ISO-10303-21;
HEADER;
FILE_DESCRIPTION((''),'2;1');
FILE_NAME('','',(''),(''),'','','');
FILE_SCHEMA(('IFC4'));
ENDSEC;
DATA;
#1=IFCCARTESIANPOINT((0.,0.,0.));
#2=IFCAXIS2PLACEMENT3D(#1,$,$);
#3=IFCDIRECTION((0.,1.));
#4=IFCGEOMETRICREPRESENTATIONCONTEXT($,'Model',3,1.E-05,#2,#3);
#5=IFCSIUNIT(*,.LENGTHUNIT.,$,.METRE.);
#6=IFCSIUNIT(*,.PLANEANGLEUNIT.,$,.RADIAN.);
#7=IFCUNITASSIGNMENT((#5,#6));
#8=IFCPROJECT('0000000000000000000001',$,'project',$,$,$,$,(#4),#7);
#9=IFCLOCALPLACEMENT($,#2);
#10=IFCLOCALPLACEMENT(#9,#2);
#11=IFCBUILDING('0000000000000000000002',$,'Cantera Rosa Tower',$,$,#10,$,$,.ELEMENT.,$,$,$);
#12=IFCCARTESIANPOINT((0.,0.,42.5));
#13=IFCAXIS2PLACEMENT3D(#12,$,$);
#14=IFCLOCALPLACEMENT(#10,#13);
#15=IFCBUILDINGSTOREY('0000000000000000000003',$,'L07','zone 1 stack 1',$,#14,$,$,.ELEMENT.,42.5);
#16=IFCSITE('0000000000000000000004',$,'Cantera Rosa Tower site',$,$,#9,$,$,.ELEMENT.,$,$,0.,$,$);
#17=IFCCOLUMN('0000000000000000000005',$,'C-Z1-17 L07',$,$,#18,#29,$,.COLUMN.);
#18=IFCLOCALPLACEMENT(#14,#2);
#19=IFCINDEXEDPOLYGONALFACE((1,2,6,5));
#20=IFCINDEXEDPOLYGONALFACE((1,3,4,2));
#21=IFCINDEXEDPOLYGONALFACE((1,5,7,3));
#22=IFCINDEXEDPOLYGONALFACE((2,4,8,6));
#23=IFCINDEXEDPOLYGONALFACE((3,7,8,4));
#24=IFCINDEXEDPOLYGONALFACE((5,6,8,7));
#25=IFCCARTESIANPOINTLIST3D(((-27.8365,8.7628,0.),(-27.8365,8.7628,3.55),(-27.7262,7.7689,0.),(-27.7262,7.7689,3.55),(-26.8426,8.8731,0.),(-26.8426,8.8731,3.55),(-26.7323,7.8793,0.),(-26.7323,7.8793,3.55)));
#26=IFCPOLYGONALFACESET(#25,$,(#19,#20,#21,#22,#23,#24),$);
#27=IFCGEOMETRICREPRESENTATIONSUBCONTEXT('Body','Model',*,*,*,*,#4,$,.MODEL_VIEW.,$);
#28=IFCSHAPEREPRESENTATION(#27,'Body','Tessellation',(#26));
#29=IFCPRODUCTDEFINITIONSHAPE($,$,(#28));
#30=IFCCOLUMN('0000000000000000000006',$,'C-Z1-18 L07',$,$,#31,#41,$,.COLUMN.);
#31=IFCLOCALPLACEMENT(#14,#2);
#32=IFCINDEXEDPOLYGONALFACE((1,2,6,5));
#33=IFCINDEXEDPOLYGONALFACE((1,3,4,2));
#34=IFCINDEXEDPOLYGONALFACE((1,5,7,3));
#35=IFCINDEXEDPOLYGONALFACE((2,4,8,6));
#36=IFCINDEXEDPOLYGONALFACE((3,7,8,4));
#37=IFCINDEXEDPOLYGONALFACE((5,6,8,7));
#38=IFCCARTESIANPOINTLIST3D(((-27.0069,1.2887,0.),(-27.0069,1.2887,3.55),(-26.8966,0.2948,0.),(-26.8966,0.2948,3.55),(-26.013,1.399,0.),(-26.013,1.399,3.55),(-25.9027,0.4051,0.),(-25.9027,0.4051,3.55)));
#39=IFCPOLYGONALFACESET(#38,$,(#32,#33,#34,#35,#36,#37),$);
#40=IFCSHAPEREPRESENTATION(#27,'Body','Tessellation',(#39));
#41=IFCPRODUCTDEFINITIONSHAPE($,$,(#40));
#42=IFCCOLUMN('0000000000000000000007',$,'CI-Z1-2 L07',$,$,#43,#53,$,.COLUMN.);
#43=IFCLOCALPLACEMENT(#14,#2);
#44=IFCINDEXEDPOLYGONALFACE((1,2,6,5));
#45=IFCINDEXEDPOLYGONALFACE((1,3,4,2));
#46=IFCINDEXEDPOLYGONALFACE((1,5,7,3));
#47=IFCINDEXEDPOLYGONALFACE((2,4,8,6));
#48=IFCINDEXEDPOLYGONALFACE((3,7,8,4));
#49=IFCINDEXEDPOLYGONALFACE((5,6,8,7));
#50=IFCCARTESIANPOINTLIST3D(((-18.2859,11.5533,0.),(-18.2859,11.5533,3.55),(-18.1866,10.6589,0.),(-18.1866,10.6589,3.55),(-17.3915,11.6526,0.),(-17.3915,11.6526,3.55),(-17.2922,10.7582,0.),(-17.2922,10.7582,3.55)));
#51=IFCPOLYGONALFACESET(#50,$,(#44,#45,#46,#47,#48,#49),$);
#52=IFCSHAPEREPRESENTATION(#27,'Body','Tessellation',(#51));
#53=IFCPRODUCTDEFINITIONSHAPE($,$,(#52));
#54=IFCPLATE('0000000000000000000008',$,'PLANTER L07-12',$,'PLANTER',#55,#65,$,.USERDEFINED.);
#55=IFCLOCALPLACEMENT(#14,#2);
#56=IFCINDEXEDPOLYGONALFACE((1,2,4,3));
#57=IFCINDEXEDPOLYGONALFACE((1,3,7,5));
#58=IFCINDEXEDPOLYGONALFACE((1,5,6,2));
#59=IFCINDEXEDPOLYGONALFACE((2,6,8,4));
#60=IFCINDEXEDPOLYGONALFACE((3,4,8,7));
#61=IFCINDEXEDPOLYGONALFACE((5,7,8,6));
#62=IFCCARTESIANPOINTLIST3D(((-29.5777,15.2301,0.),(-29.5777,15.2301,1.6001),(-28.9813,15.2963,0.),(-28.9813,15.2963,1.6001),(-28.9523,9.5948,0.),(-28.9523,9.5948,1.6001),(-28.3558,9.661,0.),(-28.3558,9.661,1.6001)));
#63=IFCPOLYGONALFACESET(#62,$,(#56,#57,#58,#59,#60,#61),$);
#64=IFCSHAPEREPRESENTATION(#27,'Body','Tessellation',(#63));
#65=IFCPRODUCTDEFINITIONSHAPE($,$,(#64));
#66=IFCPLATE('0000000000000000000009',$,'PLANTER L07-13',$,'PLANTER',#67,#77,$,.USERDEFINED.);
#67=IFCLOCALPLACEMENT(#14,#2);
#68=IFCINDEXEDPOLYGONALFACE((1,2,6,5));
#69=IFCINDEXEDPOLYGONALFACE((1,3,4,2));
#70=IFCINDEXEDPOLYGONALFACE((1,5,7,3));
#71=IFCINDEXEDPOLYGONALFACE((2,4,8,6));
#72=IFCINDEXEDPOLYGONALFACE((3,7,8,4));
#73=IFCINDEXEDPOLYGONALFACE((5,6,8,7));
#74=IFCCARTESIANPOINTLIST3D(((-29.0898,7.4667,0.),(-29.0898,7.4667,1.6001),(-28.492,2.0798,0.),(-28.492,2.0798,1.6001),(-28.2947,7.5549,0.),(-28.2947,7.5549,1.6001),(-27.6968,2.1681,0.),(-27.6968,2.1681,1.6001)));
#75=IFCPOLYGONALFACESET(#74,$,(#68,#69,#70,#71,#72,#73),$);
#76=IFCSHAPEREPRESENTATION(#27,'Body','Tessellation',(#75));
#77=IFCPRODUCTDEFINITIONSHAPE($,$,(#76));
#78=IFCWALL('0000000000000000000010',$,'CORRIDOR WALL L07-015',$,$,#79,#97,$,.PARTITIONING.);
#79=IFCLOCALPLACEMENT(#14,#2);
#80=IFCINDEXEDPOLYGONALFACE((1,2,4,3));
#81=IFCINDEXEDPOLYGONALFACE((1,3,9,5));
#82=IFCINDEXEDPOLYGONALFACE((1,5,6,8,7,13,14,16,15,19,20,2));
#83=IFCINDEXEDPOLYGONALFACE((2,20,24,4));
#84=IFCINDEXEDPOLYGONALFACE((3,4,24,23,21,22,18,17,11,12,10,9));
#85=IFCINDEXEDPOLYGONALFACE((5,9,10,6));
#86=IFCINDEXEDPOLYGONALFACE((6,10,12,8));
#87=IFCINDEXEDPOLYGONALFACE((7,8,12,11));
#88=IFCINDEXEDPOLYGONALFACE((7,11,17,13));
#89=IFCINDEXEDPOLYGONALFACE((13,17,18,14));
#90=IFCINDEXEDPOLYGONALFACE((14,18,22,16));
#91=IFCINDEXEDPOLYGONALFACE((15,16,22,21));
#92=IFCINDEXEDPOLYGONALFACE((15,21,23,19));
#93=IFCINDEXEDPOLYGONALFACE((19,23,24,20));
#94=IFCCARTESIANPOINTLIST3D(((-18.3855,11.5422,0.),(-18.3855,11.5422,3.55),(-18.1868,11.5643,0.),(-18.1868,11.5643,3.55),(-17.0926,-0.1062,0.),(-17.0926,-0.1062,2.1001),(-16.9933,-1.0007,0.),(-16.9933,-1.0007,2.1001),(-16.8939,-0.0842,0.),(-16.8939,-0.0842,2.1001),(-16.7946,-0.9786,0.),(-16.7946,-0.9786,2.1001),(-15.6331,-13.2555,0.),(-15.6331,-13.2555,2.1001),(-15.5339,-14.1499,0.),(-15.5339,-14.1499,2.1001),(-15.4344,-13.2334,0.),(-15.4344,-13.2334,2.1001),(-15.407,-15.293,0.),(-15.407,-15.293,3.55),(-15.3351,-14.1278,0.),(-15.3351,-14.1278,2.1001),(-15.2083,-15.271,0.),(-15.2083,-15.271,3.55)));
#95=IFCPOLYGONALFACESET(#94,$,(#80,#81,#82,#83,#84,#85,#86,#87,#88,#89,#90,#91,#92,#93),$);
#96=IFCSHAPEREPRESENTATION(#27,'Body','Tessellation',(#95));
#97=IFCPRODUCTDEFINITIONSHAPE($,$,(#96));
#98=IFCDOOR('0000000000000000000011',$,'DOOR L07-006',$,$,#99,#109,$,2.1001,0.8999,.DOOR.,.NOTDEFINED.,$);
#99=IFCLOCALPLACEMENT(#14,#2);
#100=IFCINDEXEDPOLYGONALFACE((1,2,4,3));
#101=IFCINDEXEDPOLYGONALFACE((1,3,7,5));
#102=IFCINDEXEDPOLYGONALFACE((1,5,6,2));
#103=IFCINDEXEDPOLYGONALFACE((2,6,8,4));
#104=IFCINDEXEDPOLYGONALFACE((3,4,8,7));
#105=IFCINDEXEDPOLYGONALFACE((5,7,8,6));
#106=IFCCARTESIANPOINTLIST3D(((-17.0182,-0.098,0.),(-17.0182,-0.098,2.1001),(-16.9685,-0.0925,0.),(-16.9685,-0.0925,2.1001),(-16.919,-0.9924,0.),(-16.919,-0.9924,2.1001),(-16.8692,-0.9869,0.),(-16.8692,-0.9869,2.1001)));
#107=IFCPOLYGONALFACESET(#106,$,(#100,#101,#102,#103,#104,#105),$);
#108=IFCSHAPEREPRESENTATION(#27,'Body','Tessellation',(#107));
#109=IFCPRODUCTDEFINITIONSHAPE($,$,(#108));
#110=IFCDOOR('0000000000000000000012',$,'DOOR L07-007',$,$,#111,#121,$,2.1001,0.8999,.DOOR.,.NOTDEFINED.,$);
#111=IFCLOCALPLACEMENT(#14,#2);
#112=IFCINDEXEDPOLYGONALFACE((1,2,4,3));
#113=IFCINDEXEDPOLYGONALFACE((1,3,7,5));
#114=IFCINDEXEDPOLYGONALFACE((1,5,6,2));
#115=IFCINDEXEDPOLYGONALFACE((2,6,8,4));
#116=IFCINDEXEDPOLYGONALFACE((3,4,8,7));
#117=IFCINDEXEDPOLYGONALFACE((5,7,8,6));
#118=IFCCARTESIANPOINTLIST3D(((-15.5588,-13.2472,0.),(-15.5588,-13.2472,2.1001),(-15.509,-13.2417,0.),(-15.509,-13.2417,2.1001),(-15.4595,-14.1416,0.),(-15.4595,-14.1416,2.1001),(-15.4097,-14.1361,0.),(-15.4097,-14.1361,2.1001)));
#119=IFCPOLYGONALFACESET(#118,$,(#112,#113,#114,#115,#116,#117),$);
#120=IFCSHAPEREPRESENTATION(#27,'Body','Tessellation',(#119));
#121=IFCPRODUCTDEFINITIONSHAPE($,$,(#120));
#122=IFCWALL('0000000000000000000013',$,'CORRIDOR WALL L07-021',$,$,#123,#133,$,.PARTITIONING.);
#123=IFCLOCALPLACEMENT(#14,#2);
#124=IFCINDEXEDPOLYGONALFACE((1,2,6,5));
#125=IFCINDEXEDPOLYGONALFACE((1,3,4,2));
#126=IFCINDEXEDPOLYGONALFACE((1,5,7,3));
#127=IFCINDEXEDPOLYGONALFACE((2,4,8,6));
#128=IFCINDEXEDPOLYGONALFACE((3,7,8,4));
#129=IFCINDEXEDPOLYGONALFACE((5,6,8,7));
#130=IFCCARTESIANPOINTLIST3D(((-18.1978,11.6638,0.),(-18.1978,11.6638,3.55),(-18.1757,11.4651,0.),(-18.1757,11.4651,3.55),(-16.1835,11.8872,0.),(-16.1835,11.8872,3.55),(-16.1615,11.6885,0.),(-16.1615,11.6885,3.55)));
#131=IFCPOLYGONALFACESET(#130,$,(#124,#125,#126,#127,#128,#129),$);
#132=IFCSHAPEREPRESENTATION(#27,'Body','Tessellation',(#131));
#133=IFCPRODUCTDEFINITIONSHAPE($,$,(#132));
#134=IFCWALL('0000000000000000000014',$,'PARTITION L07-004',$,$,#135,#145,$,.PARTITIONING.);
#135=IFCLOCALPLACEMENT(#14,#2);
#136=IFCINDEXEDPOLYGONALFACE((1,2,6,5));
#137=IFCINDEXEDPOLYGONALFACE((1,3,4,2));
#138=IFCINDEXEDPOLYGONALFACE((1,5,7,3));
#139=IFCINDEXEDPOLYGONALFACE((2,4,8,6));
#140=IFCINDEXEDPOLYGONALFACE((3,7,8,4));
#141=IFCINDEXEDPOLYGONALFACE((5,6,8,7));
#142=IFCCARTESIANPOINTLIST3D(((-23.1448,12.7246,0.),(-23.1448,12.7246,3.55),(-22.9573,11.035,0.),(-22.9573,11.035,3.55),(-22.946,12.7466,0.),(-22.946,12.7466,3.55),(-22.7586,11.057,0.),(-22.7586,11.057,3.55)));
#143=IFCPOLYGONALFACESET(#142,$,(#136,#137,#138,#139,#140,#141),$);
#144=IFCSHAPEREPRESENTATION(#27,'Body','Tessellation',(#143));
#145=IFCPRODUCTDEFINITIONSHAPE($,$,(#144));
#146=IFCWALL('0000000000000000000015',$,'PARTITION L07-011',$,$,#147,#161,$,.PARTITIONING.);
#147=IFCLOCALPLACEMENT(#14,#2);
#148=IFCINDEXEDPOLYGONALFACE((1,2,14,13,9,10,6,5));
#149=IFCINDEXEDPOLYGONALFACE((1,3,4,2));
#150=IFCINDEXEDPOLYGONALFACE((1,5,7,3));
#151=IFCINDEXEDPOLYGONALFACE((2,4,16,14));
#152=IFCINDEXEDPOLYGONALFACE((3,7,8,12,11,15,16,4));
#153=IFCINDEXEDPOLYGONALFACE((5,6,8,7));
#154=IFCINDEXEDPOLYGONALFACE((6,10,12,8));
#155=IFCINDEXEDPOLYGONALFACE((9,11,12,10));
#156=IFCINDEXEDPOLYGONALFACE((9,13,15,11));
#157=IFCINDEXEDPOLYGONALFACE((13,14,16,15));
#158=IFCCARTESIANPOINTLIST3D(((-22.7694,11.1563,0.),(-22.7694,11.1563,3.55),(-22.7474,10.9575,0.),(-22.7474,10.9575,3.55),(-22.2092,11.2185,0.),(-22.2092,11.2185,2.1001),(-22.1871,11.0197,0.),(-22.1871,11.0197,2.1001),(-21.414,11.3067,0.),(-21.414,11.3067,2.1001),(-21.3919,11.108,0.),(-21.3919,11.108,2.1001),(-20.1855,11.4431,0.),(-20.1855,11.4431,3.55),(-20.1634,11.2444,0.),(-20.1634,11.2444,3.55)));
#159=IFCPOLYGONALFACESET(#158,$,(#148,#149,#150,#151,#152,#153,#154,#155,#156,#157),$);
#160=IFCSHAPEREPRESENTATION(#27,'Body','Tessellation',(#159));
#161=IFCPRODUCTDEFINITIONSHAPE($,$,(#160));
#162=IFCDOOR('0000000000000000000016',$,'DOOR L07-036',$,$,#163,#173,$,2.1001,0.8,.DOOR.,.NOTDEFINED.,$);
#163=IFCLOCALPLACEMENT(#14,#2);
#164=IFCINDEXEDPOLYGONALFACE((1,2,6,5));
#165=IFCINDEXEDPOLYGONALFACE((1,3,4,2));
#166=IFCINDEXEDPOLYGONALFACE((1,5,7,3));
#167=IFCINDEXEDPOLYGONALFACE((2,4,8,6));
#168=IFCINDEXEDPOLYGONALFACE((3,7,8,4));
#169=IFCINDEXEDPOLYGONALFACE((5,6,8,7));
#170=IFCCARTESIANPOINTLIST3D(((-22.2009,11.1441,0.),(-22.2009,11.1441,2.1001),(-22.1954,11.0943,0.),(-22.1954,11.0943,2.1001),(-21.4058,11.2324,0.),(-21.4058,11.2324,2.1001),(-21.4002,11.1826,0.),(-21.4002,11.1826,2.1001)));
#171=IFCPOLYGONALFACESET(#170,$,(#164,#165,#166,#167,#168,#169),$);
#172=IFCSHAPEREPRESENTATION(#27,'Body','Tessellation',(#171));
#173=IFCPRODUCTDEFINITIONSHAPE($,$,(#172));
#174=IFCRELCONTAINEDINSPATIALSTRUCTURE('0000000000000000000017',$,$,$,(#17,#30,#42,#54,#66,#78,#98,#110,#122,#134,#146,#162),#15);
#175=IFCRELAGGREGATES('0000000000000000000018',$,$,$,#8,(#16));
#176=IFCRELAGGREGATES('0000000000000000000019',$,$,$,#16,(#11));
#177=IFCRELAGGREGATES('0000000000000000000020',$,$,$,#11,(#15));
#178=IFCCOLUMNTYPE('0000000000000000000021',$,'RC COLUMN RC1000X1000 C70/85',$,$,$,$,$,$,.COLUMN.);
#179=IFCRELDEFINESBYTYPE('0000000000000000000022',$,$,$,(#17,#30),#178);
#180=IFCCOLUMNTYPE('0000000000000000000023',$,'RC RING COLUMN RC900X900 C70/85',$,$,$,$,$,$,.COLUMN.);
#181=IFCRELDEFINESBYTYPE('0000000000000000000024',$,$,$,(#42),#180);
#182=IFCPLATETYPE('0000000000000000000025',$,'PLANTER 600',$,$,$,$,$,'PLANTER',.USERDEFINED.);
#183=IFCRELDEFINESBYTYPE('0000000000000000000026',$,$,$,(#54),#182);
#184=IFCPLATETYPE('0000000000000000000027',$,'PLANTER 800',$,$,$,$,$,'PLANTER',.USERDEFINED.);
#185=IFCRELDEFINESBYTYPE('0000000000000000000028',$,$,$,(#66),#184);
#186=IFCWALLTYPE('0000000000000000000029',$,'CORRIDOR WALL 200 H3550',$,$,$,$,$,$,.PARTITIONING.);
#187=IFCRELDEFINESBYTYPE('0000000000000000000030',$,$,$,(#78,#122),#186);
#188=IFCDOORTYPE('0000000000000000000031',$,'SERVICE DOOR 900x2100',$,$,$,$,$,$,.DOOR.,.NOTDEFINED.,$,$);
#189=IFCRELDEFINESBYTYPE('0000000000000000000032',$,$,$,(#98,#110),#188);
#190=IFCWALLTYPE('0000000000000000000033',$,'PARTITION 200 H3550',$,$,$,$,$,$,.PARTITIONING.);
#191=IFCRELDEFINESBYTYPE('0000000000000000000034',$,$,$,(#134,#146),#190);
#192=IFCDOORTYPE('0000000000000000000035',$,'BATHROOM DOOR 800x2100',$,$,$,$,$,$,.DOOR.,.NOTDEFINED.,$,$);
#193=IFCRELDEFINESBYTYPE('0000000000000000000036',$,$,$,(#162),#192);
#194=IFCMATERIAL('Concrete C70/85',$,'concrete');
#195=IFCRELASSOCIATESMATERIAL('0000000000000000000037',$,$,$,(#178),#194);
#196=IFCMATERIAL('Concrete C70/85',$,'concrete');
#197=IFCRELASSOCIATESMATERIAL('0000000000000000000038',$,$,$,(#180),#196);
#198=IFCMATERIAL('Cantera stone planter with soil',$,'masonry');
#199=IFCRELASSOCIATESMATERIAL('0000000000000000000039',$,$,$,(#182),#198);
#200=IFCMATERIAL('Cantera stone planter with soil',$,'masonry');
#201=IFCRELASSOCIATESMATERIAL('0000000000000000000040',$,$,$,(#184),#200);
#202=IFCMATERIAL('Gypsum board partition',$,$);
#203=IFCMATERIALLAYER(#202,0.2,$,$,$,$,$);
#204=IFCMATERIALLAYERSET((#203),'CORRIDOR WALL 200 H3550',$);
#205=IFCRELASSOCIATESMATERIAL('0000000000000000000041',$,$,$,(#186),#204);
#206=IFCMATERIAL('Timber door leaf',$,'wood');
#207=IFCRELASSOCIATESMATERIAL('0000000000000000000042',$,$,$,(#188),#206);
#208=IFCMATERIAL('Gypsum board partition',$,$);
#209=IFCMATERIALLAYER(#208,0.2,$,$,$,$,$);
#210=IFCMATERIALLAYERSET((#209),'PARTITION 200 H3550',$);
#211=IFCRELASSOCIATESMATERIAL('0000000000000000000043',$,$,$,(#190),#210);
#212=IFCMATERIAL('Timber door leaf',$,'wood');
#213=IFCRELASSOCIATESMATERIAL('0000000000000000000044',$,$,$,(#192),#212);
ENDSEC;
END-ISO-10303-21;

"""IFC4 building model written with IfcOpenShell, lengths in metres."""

from ifc_helpers import new_model, si_unit, direction, frame, frame_2d, origin, origin_2d, place, context, subcontext, project, spatial, rectangle, extrude, material, layer, layer_set, material_profile, profile_set, type_object, element, fill, save


model = new_model("IFC4")

# Units and contexts
model_context = context("Model", 3, precision=1e-05, world=origin(), true_north=direction((0.0, 1.0)))
body_context = subcontext(model_context, "Body", "Model", "MODEL_VIEW")
ifc_project = project(units=[si_unit("LENGTHUNIT", "METRE"), si_unit("PLANEANGLEUNIT", "RADIAN")], contexts=[model_context])

# Site, building, storey
site_placement = place(None, origin())
site = spatial("IfcSite", under=ifc_project, at=site_placement, Name="Cantera Rosa Tower site", CompositionType="ELEMENT", RefElevation=0.0)
building_placement = place(site_placement, origin())
building = spatial("IfcBuilding", under=site, at=building_placement, Name="Cantera Rosa Tower", CompositionType="ELEMENT")
storey_placement = place(building_placement, frame((0.0, 0.0, 42.5)))
storey = spatial("IfcBuildingStorey", under=building, at=storey_placement, Name="L07", Description="zone 1 stack 1", CompositionType="ELEMENT", Elevation=42.5)

# Columns
ifc_material_1 = material(Name="Concrete C70/85", Category="concrete")
ifc_material_profile_1 = material_profile(ifc_material_1, rectangle(XDim=1.0, YDim=1.0, at=origin_2d()), Name="RC COLUMN RC1000X1000 C70/85")
ifc_profile_set_1 = profile_set([ifc_material_profile_1], Name="Concrete C70/85")
column_type_1 = type_object("IfcColumnType", Name="RC COLUMN RC1000X1000 C70/85", PredefinedType="COLUMN", material=ifc_profile_set_1)
for number, where, z_axis, x_axis, name in (
    (1, (-27.2844, 8.321, 0.0), (0.0, 0.0, 1.0), (0.993897, 0.110313, 0.0), "C-Z1-17 L07"),
    (2, (-26.4548, 0.8469, 0.0), (0.0, 0.0, 1.0), (0.993897, 0.110313, 0.0), "C-Z1-18 L07"),
):
    element("IfcColumn", number, at=place(storey_placement, frame(where, z_axis=z_axis, x_axis=x_axis)), inside=storey, type_object=column_type_1, Name=name, PredefinedType="COLUMN", context=body_context, shape_type="SweptSolid", body=[
        extrude(rectangle(XDim=1.0, YDim=1.0, at=origin_2d()), origin(), (0.0, 0.0, 1.0), 3.55),
    ])
ifc_material_2 = material(Name="Concrete C70/85", Category="concrete")
ifc_material_profile_2 = material_profile(ifc_material_2, rectangle(XDim=0.8999, YDim=0.8999, at=origin_2d()), Name="RC RING COLUMN RC900X900 C70/85")
ifc_profile_set_2 = profile_set([ifc_material_profile_2], Name="Concrete C70/85")
column_type_2 = type_object("IfcColumnType", Name="RC RING COLUMN RC900X900 C70/85", PredefinedType="COLUMN", material=ifc_profile_set_2)
column_placement = place(storey_placement, frame((-17.7891, 11.1558, 0.0), z_axis=(0.0, 0.0, 1.0), x_axis=(0.993897, 0.110313, 0.0)))
element("IfcColumn", 3, at=column_placement, inside=storey, type_object=column_type_2, Name="CI-Z1-2 L07", PredefinedType="COLUMN", context=body_context, shape_type="SweptSolid", body=[
    extrude(rectangle(XDim=0.8999, YDim=0.8999, at=origin_2d()), origin(), (0.0, 0.0, 1.0), 3.55),
])

# Plates
ifc_material_3 = material(Name="Cantera stone planter with soil", Category="masonry")
plate_type_1 = type_object("IfcPlateType", Name="PLANTER 600", ElementType="PLANTER", PredefinedType="USERDEFINED", material=ifc_material_3)
plate_1_placement = place(storey_placement, frame((-28.9668, 12.4456, 0.0), z_axis=(0.0, 0.0, 1.0), x_axis=(0.110313, -0.993897, 0.0)))
element("IfcPlate", 4, at=plate_1_placement, inside=storey, type_object=plate_type_1, Name="PLANTER L07-12", ObjectType="PLANTER", PredefinedType="USERDEFINED", context=body_context, shape_type="SweptSolid", body=[
    extrude(rectangle(XDim=5.6699, YDim=0.6001, at=origin_2d()), origin(), (0.0, 0.0, 1.0), 1.6001),
])
ifc_material_4 = material(Name="Cantera stone planter with soil", Category="masonry")
plate_type_2 = type_object("IfcPlateType", Name="PLANTER 800", ElementType="PLANTER", PredefinedType="USERDEFINED", material=ifc_material_4)
plate_2_placement = place(storey_placement, frame((-28.3933, 4.8174, 0.0), z_axis=(0.0, 0.0, 1.0), x_axis=(0.110313, -0.993897, 0.0)))
element("IfcPlate", 5, at=plate_2_placement, inside=storey, type_object=plate_type_2, Name="PLANTER L07-13", ObjectType="PLANTER", PredefinedType="USERDEFINED", context=body_context, shape_type="SweptSolid", body=[
    extrude(rectangle(XDim=5.4199, YDim=0.8, at=origin_2d()), origin(), (0.0, 0.0, 1.0), 1.6001),
])

# Wall, openings, doors
ifc_material_5 = material(Name="Gypsum board partition")
ifc_layer_1 = layer(ifc_material_5, 0.2)
ifc_layer_set_1 = layer_set([ifc_layer_1], Name="CORRIDOR WALL 200 H3550")
wall_type_1 = type_object("IfcWallType", Name="CORRIDOR WALL 200 H3550", PredefinedType="PARTITIONING", material=ifc_layer_set_1)
wall_1_placement = place(storey_placement, frame((-18.2861, 11.5532, 0.0), z_axis=(0.0, 0.0, 1.0), x_axis=(0.110315, -0.993897, 0.0)))
wall_1 = element("IfcWall", 6, at=wall_1_placement, inside=storey, type_object=wall_type_1, Name="CORRIDOR WALL L07-015", PredefinedType="PARTITIONING", context=body_context, shape_type="SweptSolid", body=[
    extrude(rectangle(XDim=27.0, YDim=0.2, at=frame_2d((13.5, 0.0))), origin(), (0.0, 0.0, 1.0), 3.55),
])
opening_1_placement = place(wall_1_placement, frame((11.72, 0.0, 0.0)))
opening_1 = element("IfcOpeningElement", 7, at=opening_1_placement, cuts=wall_1, PredefinedType="OPENING", context=body_context, shape_type="SweptSolid", body=[
    extrude(rectangle(XDim=0.8999, YDim=2.1001, at=frame_2d((0.45, 1.05))), frame((0.0, 0.1099, 0.0), z_axis=(0.0, -1.0, 0.0), x_axis=(1.0, 0.0, 0.0)), (0.0, 0.0, 1.0), 0.22),
])
opening_2_placement = place(wall_1_placement, frame((24.95, 0.0, 0.0)))
opening_2 = element("IfcOpeningElement", 8, at=opening_2_placement, cuts=wall_1, PredefinedType="OPENING", context=body_context, shape_type="SweptSolid", body=[
    extrude(rectangle(XDim=0.8999, YDim=2.1001, at=frame_2d((0.45, 1.05))), frame((0.0, 0.1099, 0.0), z_axis=(0.0, -1.0, 0.0), x_axis=(1.0, 0.0, 0.0)), (0.0, 0.0, 1.0), 0.22),
])
ifc_material_6 = material(Name="Timber door leaf", Category="wood")
door_type_1 = type_object("IfcDoorType", Name="SERVICE DOOR 900x2100", OperationType="NOTDEFINED", PredefinedType="DOOR", material=ifc_material_6)
door_1_placement = place(opening_1_placement, origin())
door_1 = element("IfcDoor", 9, at=door_1_placement, inside=storey, type_object=door_type_1, Name="DOOR L07-006", OperationType="NOTDEFINED", OverallHeight=2.1001, OverallWidth=0.8999, PredefinedType="DOOR", context=body_context, shape_type="SweptSolid", body=[
    extrude(rectangle(XDim=0.8999, YDim=2.1001, at=frame_2d((0.45, 1.05))), frame((0.0, 0.0249, 0.0), z_axis=(0.0, -1.0, 0.0), x_axis=(1.0, 0.0, 0.0)), (0.0, 0.0, 1.0), 0.05),
])
fill(opening_1, door_1)
door_2_placement = place(opening_2_placement, origin())
door_2 = element("IfcDoor", 10, at=door_2_placement, inside=storey, type_object=door_type_1, Name="DOOR L07-007", OperationType="NOTDEFINED", OverallHeight=2.1001, OverallWidth=0.8999, PredefinedType="DOOR", context=body_context, shape_type="SweptSolid", body=[
    extrude(rectangle(XDim=0.8999, YDim=2.1001, at=frame_2d((0.45, 1.05))), frame((0.0, 0.0249, 0.0), z_axis=(0.0, -1.0, 0.0), x_axis=(1.0, 0.0, 0.0)), (0.0, 0.0, 1.0), 0.05),
])
fill(opening_2, door_2)

# Wall
wall_2_placement = place(storey_placement, frame((-16.1726, 11.7878, 0.0), z_axis=(0.0, 0.0, 1.0), x_axis=(-0.993906, -0.110233, 0.0)))
element("IfcWall", 11, at=wall_2_placement, inside=storey, type_object=wall_type_1, Name="CORRIDOR WALL L07-021", PredefinedType="PARTITIONING", context=body_context, shape_type="SweptSolid", body=[
    extrude(rectangle(XDim=2.0266, YDim=0.2, at=frame_2d((1.0132, 0.0))), origin(), (0.0, 0.0, 1.0), 3.55),
])

# Wall
ifc_material_7 = material(Name="Gypsum board partition")
ifc_layer_2 = layer(ifc_material_7, 0.2)
ifc_layer_set_2 = layer_set([ifc_layer_2], Name="PARTITION 200 H3550")
wall_type_2 = type_object("IfcWallType", Name="PARTITION 200 H3550", PredefinedType="PARTITIONING", material=ifc_layer_set_2)
wall_3_placement = place(storey_placement, frame((-22.8579, 11.0459, 0.0), z_axis=(0.0, 0.0, 1.0), x_axis=(-0.11029, 0.993899, 0.0)))
element("IfcWall", 12, at=wall_3_placement, inside=storey, type_object=wall_type_2, Name="PARTITION L07-004", PredefinedType="PARTITIONING", context=body_context, shape_type="SweptSolid", body=[
    extrude(rectangle(XDim=1.7, YDim=0.2, at=frame_2d((0.8501, 0.0))), origin(), (0.0, 0.0, 1.0), 3.55),
])

# Wall, opening, door
wall_4_placement = place(storey_placement, frame((-20.1746, 11.3438, 0.0), z_axis=(0.0, 0.0, 1.0), x_axis=(-0.993894, -0.110339, 0.0)))
wall_4 = element("IfcWall", 13, at=wall_4_placement, inside=storey, type_object=wall_type_2, Name="PARTITION L07-011", PredefinedType="PARTITIONING", context=body_context, shape_type="SweptSolid", body=[
    extrude(rectangle(XDim=2.5999, YDim=0.2, at=frame_2d((1.2998, 0.0))), origin(), (0.0, 0.0, 1.0), 3.55),
])
opening_3_placement = place(wall_4_placement, frame((1.2361, 0.0, 0.0)))
opening_3 = element("IfcOpeningElement", 14, at=opening_3_placement, cuts=wall_4, PredefinedType="OPENING", context=body_context, shape_type="SweptSolid", body=[
    extrude(rectangle(XDim=0.8, YDim=2.1001, at=frame_2d((0.3999, 1.05))), frame((0.0, 0.1099, 0.0), z_axis=(0.0, -1.0, 0.0), x_axis=(1.0, 0.0, 0.0)), (0.0, 0.0, 1.0), 0.22),
])
ifc_material_8 = material(Name="Timber door leaf", Category="wood")
door_type_2 = type_object("IfcDoorType", Name="BATHROOM DOOR 800x2100", OperationType="NOTDEFINED", PredefinedType="DOOR", material=ifc_material_8)
door_3_placement = place(opening_3_placement, origin())
door_3 = element("IfcDoor", 15, at=door_3_placement, inside=storey, type_object=door_type_2, Name="DOOR L07-036", OperationType="NOTDEFINED", OverallHeight=2.1001, OverallWidth=0.8, PredefinedType="DOOR", context=body_context, shape_type="SweptSolid", body=[
    extrude(rectangle(XDim=0.8, YDim=2.1001, at=frame_2d((0.3999, 1.05))), frame((0.0, 0.0249, 0.0), z_axis=(0.0, -1.0, 0.0), x_axis=(1.0, 0.0, 0.0)), (0.0, 0.0, 1.0), 0.05),
])
fill(opening_3, door_3)

save(model, "model.ifc")
